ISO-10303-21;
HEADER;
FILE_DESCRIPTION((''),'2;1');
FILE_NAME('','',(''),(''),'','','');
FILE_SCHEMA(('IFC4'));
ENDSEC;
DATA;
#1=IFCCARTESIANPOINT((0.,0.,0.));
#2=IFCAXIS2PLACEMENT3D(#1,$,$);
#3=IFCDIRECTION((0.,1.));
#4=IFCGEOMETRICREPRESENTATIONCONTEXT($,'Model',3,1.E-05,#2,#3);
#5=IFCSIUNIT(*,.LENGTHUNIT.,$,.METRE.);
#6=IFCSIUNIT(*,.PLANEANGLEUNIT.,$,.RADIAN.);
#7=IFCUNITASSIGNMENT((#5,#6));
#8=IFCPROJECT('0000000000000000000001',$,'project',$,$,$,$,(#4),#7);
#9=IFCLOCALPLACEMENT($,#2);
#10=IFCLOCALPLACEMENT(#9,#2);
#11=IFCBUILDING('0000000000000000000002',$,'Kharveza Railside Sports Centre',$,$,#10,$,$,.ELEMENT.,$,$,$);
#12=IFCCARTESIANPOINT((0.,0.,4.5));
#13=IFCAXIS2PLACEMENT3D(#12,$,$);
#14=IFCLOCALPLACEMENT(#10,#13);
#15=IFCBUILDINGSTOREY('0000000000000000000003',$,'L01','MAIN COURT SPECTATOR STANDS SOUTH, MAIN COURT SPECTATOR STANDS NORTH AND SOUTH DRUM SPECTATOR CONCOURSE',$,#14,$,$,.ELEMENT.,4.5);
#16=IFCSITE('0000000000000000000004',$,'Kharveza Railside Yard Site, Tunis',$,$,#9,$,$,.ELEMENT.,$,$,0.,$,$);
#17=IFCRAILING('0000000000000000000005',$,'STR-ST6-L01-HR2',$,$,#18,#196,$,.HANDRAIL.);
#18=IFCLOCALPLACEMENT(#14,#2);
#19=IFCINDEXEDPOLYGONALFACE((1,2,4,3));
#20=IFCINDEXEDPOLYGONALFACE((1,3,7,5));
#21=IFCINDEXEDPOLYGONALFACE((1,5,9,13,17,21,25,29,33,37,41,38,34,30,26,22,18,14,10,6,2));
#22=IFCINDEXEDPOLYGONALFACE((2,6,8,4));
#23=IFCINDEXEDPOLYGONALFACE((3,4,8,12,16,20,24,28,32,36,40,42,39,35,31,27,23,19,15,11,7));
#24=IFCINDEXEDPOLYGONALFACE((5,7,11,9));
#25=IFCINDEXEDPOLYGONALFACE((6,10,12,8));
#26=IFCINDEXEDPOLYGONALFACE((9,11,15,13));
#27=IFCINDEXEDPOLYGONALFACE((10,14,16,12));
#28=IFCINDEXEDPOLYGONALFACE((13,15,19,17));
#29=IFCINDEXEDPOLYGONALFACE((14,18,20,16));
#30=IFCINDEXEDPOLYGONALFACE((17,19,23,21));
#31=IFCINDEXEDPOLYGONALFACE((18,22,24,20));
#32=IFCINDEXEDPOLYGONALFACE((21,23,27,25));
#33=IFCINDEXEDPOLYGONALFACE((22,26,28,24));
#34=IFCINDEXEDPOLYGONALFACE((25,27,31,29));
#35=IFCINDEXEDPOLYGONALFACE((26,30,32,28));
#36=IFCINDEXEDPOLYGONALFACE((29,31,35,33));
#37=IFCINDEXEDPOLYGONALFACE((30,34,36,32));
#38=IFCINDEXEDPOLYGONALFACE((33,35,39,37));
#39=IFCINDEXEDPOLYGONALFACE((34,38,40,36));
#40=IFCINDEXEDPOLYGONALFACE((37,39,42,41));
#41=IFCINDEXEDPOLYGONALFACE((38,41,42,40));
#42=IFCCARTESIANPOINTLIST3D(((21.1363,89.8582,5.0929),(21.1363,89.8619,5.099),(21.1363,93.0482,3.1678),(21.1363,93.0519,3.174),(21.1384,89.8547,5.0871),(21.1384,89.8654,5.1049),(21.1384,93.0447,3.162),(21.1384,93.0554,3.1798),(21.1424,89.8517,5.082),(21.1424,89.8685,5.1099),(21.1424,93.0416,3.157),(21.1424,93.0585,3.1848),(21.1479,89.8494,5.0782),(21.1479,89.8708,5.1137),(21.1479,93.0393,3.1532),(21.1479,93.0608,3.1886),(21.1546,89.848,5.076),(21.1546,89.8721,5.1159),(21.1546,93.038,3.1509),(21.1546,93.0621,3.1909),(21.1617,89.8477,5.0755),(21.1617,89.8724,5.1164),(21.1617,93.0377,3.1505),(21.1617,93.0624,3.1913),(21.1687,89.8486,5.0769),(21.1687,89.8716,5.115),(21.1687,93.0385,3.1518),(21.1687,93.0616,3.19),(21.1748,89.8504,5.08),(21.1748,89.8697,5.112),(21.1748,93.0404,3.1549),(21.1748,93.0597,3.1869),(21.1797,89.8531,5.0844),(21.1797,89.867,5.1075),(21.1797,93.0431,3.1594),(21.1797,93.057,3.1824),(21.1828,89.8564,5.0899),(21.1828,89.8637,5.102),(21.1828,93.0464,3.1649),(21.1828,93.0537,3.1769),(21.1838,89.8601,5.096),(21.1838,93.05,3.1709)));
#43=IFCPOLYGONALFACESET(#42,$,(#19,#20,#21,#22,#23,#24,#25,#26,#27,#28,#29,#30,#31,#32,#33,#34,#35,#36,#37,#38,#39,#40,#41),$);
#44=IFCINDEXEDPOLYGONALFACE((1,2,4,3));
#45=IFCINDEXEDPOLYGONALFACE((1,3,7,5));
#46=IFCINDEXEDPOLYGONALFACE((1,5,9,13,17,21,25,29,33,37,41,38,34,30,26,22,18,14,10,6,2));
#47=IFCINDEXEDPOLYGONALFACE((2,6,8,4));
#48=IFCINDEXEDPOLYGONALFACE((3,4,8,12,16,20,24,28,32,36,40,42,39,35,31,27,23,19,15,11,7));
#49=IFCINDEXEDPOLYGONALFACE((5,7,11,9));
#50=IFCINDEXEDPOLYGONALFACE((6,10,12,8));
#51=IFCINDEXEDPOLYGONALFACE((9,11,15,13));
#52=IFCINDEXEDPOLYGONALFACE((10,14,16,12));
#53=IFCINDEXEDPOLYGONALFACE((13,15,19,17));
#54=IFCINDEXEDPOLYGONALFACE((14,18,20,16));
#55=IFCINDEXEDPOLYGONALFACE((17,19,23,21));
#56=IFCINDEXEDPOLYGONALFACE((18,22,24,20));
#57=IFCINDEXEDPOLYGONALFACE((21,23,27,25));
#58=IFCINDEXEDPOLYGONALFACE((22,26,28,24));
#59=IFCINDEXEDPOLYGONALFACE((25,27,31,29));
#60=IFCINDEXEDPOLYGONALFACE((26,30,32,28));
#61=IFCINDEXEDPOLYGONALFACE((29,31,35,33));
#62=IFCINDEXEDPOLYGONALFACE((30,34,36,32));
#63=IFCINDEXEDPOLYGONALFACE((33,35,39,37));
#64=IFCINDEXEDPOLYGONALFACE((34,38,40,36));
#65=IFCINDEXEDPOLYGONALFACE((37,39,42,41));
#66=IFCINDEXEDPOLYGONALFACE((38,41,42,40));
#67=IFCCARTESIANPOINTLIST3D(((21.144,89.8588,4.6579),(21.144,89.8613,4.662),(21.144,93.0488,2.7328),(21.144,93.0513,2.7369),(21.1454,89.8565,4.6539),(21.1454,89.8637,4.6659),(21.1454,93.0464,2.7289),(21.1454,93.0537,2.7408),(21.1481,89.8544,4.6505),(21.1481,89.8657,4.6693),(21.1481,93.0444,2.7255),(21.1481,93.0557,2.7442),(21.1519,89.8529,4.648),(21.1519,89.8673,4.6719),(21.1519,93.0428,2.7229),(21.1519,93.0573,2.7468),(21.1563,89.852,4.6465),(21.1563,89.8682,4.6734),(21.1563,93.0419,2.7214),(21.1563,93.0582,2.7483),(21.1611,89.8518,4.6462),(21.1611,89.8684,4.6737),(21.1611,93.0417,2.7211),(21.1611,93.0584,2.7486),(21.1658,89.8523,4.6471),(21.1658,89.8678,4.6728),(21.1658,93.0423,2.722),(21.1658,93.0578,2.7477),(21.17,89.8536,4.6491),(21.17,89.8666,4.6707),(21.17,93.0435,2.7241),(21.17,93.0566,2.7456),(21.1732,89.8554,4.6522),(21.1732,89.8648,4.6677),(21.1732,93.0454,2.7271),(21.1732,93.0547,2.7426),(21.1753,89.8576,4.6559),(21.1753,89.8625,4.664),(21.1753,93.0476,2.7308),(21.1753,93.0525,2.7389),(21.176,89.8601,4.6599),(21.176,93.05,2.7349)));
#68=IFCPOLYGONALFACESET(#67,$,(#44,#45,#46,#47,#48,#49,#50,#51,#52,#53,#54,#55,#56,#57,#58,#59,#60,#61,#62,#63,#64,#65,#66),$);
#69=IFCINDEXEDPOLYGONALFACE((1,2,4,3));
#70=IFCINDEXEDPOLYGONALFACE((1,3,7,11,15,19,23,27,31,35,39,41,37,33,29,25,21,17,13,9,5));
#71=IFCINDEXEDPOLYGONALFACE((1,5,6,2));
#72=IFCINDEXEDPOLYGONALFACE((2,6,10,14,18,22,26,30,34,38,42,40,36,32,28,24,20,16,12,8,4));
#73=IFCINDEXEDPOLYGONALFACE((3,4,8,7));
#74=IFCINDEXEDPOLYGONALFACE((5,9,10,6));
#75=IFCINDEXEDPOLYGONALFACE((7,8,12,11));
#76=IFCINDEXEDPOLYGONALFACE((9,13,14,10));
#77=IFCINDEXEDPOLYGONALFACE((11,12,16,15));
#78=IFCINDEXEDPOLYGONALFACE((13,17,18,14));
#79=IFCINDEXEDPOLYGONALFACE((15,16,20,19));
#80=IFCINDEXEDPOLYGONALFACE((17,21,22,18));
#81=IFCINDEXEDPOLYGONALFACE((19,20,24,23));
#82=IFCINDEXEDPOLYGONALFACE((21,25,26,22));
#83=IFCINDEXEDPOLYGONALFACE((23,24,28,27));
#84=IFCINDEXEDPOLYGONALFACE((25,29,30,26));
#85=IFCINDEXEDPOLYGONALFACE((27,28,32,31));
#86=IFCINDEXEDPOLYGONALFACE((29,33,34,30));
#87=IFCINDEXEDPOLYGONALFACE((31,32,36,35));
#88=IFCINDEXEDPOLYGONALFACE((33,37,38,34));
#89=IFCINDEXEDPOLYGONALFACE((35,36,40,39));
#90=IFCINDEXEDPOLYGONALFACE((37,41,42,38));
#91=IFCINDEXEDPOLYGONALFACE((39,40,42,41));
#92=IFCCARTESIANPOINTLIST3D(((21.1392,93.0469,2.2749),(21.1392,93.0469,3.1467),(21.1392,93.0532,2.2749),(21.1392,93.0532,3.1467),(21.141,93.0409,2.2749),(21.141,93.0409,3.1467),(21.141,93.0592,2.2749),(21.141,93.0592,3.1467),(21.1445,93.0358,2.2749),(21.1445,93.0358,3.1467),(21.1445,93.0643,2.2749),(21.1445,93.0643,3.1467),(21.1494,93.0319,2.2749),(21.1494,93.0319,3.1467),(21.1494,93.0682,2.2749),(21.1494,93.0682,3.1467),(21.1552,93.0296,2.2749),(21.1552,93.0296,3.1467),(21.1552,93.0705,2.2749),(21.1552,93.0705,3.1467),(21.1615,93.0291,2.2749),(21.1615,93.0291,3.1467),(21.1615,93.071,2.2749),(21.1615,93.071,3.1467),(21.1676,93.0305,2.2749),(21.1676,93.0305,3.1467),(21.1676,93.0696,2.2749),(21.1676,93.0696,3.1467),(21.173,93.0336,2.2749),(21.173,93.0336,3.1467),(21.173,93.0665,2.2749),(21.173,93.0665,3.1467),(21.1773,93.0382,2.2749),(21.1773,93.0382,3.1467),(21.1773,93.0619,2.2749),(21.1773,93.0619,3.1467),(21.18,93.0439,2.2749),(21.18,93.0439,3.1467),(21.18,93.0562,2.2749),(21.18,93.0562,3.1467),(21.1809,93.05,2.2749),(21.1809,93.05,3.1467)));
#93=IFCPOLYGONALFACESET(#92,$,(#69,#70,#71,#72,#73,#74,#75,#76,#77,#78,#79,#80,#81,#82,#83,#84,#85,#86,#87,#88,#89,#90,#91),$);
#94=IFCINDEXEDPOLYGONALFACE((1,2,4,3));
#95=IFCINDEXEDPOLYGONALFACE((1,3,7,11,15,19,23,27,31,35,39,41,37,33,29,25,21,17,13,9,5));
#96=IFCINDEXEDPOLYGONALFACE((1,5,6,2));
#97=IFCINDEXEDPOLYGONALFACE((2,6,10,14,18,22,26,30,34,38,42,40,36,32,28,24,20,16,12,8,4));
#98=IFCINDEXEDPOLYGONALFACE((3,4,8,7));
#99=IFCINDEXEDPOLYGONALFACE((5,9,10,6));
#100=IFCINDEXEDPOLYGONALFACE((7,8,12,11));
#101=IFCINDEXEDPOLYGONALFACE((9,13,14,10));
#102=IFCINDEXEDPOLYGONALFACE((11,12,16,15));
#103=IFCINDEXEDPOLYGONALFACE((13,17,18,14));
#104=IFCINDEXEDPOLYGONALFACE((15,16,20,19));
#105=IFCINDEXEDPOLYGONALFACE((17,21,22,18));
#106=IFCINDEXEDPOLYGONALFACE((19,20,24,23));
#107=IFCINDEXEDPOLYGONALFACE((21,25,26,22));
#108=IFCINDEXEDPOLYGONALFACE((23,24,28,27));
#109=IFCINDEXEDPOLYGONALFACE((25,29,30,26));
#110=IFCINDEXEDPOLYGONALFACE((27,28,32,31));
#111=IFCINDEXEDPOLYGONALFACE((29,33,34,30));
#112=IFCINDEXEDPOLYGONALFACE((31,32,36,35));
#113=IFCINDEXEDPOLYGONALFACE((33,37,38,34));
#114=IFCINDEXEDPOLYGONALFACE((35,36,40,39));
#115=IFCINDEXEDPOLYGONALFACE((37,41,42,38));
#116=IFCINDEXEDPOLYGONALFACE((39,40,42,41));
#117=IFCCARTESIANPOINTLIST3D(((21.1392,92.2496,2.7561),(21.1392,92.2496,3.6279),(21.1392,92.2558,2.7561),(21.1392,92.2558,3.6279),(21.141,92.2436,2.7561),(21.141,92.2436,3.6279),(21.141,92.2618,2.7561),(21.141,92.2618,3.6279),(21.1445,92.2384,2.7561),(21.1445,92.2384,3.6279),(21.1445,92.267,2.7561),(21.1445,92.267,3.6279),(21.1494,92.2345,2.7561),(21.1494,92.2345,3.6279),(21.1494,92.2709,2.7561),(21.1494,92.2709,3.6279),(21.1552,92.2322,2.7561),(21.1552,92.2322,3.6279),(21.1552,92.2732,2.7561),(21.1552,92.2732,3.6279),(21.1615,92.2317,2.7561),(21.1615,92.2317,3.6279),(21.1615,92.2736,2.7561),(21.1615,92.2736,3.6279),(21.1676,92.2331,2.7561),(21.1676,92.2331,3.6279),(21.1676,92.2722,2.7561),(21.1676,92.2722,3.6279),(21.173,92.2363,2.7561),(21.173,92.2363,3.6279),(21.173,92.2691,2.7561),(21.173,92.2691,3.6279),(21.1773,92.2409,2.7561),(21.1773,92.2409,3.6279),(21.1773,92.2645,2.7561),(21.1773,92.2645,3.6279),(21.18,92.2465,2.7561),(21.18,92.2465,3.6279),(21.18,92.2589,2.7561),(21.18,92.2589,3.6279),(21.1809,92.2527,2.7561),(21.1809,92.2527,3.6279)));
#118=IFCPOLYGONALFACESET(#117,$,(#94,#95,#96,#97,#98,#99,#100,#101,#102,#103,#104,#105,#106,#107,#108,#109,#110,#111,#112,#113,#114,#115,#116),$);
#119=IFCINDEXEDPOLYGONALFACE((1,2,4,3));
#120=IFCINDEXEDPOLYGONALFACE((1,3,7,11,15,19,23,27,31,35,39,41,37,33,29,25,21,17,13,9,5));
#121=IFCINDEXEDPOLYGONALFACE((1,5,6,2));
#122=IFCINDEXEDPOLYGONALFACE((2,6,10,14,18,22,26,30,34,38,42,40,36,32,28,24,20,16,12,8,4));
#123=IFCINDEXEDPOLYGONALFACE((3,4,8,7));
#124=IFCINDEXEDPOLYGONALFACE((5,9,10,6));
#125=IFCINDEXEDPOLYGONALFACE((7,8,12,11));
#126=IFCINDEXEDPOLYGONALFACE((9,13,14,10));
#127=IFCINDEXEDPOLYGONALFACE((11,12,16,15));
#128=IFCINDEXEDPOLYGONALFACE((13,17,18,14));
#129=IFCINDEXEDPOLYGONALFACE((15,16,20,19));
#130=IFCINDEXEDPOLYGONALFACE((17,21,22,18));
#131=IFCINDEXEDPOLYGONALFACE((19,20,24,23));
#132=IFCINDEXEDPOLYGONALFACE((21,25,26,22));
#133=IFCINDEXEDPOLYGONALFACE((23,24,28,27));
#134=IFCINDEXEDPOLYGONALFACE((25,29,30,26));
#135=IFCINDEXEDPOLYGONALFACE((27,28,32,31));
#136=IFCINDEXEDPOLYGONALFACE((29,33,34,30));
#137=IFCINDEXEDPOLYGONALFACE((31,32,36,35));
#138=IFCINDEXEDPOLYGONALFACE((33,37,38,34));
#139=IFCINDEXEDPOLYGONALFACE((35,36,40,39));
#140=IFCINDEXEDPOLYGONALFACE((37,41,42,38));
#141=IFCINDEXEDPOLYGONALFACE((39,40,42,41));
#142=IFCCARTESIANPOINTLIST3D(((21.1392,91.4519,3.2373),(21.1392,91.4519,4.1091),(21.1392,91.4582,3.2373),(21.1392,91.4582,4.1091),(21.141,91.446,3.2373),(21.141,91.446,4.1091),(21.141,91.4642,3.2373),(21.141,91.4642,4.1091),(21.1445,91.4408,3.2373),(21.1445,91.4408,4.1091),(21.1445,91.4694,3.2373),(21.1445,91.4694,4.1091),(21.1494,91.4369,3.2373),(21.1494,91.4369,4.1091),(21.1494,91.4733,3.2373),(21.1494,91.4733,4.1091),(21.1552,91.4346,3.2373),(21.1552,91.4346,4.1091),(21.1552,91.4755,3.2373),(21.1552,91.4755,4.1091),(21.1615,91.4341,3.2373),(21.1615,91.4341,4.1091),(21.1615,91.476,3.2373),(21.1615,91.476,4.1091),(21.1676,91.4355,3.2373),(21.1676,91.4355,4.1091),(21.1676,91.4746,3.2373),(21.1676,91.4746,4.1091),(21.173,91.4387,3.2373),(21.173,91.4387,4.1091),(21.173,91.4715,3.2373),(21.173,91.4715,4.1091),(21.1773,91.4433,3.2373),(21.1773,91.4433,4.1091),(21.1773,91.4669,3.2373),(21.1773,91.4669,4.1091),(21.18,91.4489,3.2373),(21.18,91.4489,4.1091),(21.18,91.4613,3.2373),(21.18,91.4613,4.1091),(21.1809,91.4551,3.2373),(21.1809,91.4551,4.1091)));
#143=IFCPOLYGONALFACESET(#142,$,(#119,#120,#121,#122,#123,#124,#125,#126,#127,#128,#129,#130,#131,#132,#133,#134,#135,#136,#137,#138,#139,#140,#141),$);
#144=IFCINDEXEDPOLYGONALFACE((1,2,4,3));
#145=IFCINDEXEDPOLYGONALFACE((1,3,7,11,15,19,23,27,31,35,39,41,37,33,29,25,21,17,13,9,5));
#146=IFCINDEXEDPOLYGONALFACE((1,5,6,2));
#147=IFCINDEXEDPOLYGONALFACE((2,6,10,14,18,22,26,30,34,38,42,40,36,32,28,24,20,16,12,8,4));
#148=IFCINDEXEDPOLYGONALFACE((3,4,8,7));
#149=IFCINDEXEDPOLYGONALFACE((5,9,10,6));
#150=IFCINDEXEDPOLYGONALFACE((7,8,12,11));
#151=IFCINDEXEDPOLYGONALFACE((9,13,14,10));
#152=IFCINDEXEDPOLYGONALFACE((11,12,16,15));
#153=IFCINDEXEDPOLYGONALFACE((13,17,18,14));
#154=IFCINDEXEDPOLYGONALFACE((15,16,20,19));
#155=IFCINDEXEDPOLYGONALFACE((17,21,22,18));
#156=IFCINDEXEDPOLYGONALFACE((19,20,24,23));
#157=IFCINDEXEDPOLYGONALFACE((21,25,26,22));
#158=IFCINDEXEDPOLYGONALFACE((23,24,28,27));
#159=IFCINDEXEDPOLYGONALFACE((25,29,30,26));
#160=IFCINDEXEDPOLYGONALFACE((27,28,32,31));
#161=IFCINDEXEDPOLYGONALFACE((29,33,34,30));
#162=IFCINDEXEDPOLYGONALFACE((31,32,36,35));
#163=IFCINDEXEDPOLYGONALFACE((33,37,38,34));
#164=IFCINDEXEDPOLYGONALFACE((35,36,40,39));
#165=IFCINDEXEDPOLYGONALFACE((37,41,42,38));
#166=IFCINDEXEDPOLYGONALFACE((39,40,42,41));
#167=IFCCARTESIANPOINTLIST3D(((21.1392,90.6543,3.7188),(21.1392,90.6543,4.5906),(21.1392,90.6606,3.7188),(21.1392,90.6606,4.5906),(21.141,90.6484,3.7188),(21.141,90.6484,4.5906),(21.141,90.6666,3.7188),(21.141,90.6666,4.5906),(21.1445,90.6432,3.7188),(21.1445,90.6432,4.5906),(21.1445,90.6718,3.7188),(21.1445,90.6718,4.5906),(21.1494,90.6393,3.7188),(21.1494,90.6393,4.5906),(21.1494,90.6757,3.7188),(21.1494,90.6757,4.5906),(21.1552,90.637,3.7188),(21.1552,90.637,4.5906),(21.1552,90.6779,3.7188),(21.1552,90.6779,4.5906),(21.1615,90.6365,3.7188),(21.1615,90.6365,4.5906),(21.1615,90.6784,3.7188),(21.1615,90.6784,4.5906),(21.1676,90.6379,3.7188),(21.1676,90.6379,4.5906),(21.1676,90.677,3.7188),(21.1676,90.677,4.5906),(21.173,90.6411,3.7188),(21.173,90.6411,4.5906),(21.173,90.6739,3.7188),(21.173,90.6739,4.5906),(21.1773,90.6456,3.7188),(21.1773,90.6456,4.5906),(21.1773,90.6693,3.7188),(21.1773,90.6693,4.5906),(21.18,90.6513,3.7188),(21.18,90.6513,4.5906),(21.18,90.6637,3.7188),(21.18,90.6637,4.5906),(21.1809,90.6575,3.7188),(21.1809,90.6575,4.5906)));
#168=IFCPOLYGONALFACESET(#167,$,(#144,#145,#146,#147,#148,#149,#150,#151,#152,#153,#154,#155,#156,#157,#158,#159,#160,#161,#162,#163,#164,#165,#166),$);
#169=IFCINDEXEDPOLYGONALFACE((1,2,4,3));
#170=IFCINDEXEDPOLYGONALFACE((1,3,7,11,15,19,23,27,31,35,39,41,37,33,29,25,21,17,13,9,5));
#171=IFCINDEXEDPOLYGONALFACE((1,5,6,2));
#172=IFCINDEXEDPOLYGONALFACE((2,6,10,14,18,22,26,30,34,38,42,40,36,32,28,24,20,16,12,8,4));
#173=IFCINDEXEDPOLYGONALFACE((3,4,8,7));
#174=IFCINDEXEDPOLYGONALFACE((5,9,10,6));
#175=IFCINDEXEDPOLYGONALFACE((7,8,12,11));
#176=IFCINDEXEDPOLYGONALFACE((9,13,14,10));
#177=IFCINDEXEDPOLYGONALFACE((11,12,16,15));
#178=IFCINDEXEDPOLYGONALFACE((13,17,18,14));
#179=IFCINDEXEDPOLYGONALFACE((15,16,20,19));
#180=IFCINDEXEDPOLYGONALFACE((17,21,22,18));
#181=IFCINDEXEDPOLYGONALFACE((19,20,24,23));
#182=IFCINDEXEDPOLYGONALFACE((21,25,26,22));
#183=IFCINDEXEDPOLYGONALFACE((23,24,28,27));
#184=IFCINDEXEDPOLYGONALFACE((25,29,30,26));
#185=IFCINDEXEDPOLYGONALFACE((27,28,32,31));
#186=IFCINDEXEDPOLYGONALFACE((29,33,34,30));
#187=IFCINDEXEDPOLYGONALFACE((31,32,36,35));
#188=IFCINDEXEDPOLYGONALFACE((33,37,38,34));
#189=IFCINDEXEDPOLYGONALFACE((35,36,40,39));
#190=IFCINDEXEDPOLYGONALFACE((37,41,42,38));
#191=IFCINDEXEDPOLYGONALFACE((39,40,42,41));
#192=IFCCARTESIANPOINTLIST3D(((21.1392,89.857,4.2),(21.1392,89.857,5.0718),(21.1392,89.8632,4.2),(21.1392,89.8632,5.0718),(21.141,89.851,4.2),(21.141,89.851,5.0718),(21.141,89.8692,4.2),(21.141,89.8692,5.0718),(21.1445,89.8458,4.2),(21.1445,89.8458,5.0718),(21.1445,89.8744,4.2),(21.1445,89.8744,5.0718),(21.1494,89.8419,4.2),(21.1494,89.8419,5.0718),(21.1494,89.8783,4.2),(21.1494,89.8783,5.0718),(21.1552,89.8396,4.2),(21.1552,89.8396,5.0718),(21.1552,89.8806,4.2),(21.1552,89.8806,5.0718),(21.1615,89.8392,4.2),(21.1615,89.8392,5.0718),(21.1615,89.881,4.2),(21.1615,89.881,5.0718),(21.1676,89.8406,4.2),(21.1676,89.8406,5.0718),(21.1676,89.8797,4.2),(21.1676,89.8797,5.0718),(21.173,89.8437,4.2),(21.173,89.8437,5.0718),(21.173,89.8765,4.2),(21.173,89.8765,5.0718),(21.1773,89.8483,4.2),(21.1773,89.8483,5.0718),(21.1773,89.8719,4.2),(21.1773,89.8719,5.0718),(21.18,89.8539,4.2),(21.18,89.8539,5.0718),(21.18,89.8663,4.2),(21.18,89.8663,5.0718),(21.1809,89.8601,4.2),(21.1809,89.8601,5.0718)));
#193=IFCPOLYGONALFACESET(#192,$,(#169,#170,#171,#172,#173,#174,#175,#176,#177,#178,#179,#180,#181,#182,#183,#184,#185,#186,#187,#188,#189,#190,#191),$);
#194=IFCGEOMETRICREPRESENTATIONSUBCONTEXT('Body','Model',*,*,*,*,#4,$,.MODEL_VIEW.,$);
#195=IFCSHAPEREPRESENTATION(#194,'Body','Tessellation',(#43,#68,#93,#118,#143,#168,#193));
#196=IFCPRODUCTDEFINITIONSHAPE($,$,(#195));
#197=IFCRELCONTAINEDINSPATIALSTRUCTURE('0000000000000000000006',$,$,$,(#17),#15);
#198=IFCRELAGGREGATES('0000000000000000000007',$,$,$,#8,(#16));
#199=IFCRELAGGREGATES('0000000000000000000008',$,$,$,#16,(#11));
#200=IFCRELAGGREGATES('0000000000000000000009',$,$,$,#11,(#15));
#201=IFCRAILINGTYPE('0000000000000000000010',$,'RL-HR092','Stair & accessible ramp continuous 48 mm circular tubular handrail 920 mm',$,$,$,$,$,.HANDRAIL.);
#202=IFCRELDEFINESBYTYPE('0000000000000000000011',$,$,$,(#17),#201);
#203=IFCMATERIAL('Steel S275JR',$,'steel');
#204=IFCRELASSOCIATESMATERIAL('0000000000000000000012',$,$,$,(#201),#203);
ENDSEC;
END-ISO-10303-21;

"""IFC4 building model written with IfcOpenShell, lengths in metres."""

from ifc_helpers import new_model, si_unit, direction, frame, origin, origin_2d, place, context, subcontext, project, spatial, circle, extrude, material, type_object, element, save


model = new_model("IFC4")

# Units and contexts
model_context = context("Model", 3, precision=1e-05, world=origin(), true_north=direction((0.0, 1.0)))
body_context = subcontext(model_context, "Body", "Model", "MODEL_VIEW")
ifc_project = project(units=[si_unit("LENGTHUNIT", "METRE"), si_unit("PLANEANGLEUNIT", "RADIAN")], contexts=[model_context])

# Site, building, storey
site_placement = place(None, origin())
site = spatial("IfcSite", under=ifc_project, at=site_placement, Name="Kharveza Railside Yard Site, Tunis", CompositionType="ELEMENT", RefElevation=0.0)
building_placement = place(site_placement, origin())
building = spatial("IfcBuilding", under=site, at=building_placement, Name="Kharveza Railside Sports Centre", CompositionType="ELEMENT")
storey_placement = place(building_placement, frame((0.0, 0.0, 4.5)))
storey = spatial("IfcBuildingStorey", under=building, at=storey_placement, Name="L01", Description="MAIN COURT SPECTATOR STANDS SOUTH, MAIN COURT SPECTATOR STANDS NORTH AND SOUTH DRUM SPECTATOR CONCOURSE", CompositionType="ELEMENT", Elevation=4.5)

# Railing
ifc_material_1 = material(Name="Steel S275JR", Category="steel")
railing_type_1 = type_object("IfcRailingType", Name="RL-HR092", Description="Stair & accessible ramp continuous 48 mm circular tubular handrail 920 mm", PredefinedType="HANDRAIL", material=ifc_material_1)
railing_1_placement = place(storey_placement, frame((21.1599, 93.05, 2.2749)))
element("IfcRailing", 1, at=railing_1_placement, inside=storey, type_object=railing_type_1, Name="STR-ST6-L01-HR2", PredefinedType="HANDRAIL", context=body_context, shape_type="SweptSolid", body=[
    extrude(circle(Radius=0.0239, at=origin_2d()), frame((0.0, 0.0, 0.896), z_axis=(0.0, -0.856178, 0.516682), x_axis=(1.0, 0.0, 0.0)), (0.0, 0.0, 1.0), 3.7258),
    extrude(circle(Radius=0.0161, at=origin_2d()), frame((0.0, 0.0, 0.46), z_axis=(0.0, -0.856178, 0.516682), x_axis=(1.0, 0.0, 0.0)), (0.0, 0.0, 1.0), 3.7258),
    extrude(circle(Radius=0.021, at=origin_2d()), origin(), (0.0, 0.0, 1.0), 0.8718),
    extrude(circle(Radius=0.021, at=origin_2d()), frame((0.0, -0.7974, 0.4812)), (0.0, 0.0, 1.0), 0.8718),
    extrude(circle(Radius=0.021, at=origin_2d()), frame((0.0, -1.595, 0.9624)), (0.0, 0.0, 1.0), 0.8718),
    extrude(circle(Radius=0.021, at=origin_2d()), frame((0.0, -2.3926, 1.4438)), (0.0, 0.0, 1.0), 0.8718),
    extrude(circle(Radius=0.021, at=origin_2d()), frame((0.0, -3.1899, 1.925)), (0.0, 0.0, 1.0), 0.8718),
])

save(model, "model.ifc")
